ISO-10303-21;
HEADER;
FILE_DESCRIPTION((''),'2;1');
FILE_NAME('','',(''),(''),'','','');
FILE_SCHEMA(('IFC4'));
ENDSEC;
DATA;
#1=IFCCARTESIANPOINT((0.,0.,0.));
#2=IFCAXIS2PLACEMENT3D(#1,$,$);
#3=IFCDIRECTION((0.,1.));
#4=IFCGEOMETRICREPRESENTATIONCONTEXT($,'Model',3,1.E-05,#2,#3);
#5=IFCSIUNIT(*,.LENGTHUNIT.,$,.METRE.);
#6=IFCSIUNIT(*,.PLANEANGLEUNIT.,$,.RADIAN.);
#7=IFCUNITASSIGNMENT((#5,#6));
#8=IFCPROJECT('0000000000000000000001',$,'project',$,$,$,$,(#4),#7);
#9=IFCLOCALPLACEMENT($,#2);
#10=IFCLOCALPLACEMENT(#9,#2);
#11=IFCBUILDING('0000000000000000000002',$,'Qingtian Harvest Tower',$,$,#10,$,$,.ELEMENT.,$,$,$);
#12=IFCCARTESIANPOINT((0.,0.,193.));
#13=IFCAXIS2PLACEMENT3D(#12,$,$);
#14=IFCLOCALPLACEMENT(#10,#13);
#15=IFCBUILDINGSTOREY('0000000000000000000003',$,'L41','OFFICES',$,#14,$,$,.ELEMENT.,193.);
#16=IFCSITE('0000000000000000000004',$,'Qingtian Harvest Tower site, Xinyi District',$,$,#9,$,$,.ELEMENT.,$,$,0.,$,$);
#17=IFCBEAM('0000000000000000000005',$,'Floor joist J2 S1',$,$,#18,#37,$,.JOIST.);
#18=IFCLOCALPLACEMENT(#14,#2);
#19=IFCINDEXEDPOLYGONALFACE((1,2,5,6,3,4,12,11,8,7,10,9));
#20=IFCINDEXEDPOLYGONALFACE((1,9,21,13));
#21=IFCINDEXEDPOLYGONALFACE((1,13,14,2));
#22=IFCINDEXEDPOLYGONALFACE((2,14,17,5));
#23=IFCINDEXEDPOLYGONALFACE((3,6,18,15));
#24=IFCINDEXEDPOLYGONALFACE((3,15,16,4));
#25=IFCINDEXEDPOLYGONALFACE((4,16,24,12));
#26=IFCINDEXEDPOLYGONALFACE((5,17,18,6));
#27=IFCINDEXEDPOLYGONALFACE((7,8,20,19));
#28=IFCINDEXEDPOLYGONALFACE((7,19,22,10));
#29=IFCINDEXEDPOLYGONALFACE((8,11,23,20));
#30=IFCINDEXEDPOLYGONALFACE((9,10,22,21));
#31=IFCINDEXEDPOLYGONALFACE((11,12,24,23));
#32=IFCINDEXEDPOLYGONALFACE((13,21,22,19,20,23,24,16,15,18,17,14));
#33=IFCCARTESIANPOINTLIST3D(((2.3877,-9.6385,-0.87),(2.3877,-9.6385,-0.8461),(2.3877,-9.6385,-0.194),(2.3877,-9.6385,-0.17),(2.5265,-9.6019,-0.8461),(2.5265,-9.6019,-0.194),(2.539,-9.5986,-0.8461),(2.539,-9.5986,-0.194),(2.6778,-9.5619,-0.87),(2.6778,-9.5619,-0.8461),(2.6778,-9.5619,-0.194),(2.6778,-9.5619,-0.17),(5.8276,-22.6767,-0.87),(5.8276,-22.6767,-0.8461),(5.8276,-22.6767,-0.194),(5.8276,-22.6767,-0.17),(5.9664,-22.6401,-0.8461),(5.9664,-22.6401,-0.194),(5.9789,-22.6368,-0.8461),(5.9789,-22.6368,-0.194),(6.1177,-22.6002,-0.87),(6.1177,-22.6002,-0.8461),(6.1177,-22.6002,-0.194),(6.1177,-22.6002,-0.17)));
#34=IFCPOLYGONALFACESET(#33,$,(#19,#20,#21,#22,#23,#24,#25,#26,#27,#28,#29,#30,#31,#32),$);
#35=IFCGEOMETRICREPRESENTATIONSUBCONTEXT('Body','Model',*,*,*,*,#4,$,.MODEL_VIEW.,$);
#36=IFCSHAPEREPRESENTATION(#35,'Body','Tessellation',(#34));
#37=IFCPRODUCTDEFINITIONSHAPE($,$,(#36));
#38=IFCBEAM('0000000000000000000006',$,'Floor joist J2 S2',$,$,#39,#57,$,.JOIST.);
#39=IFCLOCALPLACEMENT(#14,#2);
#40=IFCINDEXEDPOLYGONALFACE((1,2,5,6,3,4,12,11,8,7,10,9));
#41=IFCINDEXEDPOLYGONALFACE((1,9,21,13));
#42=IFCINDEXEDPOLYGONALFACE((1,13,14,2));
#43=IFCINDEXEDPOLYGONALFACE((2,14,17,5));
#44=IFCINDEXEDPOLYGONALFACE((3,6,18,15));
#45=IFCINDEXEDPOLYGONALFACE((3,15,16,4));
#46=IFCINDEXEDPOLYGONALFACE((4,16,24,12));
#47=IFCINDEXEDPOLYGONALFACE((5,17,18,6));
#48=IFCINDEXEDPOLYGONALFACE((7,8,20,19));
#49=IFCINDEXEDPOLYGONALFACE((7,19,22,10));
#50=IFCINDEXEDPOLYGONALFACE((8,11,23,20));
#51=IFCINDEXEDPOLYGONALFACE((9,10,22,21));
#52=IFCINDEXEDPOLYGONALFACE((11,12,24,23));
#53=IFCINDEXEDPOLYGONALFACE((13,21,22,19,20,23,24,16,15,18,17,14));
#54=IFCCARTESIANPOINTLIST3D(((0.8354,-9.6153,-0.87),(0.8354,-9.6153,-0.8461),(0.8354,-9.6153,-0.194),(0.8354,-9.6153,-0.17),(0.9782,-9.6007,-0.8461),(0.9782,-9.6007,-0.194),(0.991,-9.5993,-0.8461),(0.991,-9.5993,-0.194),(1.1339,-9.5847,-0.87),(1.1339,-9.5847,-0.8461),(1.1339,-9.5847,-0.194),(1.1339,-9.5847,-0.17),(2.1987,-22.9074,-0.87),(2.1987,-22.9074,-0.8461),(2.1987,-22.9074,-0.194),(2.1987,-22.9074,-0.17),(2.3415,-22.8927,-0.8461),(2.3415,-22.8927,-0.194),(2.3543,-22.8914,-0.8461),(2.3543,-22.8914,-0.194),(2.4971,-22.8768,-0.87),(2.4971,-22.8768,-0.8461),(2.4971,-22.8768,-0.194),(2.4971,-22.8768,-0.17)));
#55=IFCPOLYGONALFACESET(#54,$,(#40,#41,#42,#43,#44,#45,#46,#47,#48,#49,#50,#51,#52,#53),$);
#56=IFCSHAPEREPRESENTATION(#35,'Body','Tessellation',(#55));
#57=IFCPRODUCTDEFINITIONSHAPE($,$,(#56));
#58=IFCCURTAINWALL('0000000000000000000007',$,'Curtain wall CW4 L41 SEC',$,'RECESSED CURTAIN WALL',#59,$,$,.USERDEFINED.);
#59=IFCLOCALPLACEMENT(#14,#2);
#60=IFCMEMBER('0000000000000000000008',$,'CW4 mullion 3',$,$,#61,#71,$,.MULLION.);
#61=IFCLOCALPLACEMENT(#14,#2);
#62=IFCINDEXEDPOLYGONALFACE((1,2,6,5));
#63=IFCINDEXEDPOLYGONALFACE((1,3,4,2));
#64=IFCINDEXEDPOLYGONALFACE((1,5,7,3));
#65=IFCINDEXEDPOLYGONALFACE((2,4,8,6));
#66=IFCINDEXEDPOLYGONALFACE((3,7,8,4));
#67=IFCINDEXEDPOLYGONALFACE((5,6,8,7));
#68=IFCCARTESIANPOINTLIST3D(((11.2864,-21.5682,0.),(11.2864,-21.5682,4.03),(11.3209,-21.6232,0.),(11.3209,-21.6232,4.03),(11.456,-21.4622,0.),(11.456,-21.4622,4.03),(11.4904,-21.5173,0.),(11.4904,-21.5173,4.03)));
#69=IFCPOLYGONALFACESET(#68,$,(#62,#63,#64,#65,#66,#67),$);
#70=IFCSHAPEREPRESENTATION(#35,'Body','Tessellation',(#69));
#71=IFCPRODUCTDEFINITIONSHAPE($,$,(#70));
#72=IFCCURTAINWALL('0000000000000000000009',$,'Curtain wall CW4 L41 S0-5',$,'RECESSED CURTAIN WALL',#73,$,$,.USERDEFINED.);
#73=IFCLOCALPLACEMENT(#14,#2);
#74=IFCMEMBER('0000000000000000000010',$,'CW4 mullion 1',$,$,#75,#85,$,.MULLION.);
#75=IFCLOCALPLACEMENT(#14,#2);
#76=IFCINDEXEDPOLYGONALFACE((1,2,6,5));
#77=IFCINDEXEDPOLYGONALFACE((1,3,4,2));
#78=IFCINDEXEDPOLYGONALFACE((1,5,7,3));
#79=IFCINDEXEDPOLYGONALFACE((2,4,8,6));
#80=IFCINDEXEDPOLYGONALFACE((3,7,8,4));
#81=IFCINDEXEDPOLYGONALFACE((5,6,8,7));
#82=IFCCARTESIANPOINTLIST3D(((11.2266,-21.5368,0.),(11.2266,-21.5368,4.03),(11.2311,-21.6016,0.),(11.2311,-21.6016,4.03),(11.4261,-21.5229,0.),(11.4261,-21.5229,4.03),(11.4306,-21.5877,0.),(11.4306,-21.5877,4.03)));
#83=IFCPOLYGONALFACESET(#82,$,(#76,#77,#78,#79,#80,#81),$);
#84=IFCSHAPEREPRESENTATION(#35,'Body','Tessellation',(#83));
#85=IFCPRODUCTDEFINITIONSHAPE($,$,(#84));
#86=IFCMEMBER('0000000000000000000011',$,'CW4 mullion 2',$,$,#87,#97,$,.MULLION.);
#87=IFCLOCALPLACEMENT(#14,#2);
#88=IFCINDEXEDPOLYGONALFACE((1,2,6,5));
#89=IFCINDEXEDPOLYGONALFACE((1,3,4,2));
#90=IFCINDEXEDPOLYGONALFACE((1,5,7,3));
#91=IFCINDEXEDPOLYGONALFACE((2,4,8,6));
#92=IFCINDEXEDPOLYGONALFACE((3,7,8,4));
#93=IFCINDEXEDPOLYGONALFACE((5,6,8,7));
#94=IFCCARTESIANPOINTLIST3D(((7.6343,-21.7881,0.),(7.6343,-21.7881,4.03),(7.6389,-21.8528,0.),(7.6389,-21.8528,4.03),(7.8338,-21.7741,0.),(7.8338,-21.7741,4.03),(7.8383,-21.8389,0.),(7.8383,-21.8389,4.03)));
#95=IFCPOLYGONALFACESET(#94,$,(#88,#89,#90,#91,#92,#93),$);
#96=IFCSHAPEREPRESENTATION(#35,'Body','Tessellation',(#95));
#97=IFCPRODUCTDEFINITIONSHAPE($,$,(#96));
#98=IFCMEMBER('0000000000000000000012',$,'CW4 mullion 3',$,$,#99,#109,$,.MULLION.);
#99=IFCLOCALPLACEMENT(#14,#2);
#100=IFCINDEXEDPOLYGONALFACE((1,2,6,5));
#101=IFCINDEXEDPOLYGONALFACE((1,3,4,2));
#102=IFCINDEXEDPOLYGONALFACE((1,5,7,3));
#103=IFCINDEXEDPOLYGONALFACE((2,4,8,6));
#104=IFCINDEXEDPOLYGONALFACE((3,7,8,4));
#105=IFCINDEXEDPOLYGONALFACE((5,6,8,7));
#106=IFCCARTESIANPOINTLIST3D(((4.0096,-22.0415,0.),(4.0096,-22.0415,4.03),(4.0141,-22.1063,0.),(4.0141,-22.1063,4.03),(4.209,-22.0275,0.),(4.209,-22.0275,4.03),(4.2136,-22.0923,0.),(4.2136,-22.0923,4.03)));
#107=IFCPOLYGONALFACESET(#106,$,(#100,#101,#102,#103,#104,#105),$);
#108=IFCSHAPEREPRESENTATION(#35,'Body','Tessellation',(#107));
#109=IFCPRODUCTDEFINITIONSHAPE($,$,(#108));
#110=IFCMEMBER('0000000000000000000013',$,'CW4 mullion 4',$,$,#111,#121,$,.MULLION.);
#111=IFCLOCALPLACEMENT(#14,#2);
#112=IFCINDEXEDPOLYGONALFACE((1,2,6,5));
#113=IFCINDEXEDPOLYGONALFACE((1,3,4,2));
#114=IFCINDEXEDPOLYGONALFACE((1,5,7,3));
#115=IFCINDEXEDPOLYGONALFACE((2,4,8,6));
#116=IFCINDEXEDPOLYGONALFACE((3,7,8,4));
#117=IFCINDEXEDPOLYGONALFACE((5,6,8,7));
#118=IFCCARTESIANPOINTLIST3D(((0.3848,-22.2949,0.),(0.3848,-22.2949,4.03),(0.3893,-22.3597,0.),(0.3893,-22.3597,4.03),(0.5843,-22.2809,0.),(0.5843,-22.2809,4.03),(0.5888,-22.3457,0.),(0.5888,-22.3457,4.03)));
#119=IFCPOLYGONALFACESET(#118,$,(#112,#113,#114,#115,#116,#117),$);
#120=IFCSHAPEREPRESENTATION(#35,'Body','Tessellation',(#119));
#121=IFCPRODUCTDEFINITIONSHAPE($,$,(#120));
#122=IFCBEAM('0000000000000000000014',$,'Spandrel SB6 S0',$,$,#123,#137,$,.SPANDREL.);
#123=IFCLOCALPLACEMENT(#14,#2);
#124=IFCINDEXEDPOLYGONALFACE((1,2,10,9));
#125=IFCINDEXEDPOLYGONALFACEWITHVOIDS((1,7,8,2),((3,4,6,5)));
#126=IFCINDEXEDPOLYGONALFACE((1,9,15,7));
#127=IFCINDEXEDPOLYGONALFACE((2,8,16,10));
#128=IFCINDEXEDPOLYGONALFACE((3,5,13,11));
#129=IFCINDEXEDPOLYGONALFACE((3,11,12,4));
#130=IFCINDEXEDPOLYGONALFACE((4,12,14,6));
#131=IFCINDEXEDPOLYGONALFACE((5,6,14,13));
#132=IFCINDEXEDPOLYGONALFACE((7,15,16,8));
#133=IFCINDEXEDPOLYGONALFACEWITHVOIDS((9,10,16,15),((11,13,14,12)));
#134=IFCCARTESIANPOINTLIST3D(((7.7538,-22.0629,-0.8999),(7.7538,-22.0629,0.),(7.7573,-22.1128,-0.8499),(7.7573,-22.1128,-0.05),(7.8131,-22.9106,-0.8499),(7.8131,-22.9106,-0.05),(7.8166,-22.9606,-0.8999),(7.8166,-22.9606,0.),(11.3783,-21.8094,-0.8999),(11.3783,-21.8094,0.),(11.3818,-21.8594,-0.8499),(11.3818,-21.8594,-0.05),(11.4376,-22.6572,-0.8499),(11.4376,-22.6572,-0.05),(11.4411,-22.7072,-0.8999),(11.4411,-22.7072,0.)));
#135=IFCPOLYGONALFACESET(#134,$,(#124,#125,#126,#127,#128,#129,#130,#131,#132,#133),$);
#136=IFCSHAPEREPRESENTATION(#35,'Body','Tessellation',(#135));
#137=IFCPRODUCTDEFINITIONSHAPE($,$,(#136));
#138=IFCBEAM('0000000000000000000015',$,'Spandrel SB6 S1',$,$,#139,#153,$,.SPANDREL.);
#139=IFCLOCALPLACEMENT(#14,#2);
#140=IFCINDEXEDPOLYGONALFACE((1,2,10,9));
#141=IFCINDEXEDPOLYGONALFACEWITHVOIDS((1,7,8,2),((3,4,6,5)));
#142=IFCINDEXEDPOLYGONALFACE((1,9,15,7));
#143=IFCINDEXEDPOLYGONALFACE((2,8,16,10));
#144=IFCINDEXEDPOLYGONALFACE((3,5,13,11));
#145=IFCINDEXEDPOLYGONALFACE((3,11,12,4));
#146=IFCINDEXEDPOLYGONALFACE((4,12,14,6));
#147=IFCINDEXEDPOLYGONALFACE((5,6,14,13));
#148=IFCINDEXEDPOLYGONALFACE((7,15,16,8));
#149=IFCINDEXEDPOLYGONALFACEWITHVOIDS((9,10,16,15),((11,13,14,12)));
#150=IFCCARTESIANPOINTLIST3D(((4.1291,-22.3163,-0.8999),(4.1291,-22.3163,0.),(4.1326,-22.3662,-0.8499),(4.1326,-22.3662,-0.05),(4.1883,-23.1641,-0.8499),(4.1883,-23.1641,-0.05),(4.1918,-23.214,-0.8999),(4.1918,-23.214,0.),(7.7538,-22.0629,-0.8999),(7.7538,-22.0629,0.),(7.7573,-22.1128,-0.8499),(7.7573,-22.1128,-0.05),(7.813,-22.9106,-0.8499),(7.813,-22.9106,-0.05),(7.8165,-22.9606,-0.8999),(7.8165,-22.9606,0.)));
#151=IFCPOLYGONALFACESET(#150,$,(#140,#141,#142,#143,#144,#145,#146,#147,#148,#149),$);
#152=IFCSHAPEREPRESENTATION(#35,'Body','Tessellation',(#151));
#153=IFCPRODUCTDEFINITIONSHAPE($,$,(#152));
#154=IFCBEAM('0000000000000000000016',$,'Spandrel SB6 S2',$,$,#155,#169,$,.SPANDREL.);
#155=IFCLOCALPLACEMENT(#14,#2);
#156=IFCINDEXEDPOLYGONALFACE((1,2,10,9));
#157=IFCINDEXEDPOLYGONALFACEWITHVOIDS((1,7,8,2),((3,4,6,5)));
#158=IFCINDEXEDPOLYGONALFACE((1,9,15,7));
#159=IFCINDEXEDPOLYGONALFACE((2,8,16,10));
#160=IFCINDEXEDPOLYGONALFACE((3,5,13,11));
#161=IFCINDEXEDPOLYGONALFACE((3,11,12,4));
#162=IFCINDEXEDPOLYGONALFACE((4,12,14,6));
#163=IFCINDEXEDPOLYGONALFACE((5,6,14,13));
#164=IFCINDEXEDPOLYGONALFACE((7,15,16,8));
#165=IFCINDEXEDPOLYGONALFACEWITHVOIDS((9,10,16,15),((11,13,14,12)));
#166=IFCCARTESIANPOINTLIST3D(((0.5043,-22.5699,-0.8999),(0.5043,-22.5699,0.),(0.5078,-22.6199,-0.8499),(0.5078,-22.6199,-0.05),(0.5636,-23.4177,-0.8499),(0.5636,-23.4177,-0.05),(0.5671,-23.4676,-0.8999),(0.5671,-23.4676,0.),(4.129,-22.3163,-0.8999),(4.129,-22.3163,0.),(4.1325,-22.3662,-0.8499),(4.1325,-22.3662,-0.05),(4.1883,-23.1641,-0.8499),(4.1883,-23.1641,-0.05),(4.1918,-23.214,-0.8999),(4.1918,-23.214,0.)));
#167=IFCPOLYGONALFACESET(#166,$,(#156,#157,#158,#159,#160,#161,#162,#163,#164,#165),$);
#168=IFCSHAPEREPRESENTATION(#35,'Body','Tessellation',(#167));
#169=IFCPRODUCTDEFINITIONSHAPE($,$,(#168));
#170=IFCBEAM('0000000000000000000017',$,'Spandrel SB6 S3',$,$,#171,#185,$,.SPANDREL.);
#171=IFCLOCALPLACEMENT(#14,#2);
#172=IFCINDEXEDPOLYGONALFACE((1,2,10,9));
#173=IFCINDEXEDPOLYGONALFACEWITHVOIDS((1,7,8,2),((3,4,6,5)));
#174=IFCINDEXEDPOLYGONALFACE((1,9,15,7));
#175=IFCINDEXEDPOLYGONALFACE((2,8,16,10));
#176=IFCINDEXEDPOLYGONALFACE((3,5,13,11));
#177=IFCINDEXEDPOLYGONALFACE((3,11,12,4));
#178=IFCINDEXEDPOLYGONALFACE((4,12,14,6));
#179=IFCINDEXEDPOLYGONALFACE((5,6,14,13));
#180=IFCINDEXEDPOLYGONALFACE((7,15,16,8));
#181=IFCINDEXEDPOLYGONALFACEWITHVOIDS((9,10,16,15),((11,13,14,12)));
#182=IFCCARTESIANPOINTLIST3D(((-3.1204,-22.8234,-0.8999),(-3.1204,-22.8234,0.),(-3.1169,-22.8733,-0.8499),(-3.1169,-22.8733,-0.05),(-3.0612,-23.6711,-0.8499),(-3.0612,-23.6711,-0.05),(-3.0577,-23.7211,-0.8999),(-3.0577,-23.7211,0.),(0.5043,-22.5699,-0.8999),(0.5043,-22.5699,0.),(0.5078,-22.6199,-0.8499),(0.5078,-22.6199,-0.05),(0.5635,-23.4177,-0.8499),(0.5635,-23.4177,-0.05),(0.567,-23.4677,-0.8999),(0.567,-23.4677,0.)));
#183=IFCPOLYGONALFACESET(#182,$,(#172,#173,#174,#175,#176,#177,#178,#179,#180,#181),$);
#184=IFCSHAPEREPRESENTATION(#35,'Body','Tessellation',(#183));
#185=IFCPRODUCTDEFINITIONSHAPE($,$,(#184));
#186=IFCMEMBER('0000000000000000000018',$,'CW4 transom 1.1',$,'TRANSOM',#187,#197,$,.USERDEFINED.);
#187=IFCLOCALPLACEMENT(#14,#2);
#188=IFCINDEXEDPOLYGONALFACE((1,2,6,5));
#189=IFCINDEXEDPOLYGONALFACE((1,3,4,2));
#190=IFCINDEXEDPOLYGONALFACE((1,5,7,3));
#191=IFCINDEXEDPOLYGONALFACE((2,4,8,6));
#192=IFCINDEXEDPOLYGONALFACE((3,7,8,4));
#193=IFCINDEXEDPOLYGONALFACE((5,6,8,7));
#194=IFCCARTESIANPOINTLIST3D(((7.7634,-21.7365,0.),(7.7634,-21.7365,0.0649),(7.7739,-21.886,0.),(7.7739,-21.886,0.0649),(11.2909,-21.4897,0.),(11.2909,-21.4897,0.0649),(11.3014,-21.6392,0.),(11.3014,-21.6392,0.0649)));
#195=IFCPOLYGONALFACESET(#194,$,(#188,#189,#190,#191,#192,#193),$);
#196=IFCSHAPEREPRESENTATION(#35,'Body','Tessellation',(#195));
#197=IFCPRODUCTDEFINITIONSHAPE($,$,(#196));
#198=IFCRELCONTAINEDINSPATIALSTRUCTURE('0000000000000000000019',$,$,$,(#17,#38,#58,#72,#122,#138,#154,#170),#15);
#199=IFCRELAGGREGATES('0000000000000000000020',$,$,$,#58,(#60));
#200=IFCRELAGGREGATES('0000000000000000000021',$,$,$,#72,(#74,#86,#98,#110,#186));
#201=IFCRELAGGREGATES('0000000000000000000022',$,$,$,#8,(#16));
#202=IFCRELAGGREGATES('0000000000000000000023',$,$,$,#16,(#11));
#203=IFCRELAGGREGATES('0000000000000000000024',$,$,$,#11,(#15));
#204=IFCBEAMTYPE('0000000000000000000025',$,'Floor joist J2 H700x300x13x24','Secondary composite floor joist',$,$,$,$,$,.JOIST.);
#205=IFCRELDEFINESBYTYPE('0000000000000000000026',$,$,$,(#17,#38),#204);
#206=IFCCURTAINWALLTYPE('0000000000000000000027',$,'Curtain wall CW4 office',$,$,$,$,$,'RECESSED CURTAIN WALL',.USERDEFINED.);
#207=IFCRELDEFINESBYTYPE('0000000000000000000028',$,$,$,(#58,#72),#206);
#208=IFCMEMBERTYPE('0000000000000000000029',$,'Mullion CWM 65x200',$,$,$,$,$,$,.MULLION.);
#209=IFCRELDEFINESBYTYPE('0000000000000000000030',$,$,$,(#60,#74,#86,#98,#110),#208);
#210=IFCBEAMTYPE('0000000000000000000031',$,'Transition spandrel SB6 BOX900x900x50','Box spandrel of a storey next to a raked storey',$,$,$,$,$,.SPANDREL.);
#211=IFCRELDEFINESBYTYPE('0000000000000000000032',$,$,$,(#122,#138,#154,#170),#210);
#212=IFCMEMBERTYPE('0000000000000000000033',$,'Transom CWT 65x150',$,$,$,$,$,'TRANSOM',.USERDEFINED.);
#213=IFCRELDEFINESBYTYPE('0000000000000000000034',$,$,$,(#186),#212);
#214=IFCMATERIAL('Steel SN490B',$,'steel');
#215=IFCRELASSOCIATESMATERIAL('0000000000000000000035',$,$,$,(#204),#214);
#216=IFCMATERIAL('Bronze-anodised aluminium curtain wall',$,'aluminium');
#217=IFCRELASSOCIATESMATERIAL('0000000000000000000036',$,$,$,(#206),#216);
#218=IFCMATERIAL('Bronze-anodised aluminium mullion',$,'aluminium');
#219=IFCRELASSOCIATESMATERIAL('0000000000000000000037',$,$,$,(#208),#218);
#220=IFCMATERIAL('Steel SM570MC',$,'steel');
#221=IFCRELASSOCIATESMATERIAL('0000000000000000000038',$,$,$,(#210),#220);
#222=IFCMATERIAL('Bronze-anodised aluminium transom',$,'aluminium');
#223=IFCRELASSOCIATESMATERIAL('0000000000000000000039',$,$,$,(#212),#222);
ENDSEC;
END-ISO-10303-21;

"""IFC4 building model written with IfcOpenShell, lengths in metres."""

from ifc_helpers import new_model, si_unit, direction, frame, origin, origin_2d, place, context, subcontext, project, spatial, rectangle, hollow_rectangle, i_section, extrude, material, material_profile, profile_set, type_object, element, aggregate, save


model = new_model("IFC4")

# Units and contexts
model_context = context("Model", 3, precision=1e-05, world=origin(), true_north=direction((0.0, 1.0)))
body_context = subcontext(model_context, "Body", "Model", "MODEL_VIEW")
ifc_project = project(units=[si_unit("LENGTHUNIT", "METRE"), si_unit("PLANEANGLEUNIT", "RADIAN")], contexts=[model_context])

# Site, building, storey
site_placement = place(None, origin())
site = spatial("IfcSite", under=ifc_project, at=site_placement, Name="Qingtian Harvest Tower site, Xinyi District", CompositionType="ELEMENT", RefElevation=0.0)
building_placement = place(site_placement, origin())
building = spatial("IfcBuilding", under=site, at=building_placement, Name="Qingtian Harvest Tower", CompositionType="ELEMENT")
storey_placement = place(building_placement, frame((0.0, 0.0, 193.0)))
storey = spatial("IfcBuildingStorey", under=building, at=storey_placement, Name="L41", Description="OFFICES", CompositionType="ELEMENT", Elevation=193.0)

# Beams
ifc_material_1 = material(Name="Steel SN490B", Category="steel")
ifc_material_profile_1 = material_profile(ifc_material_1, i_section(OverallWidth=0.3, OverallDepth=0.7, WebThickness=0.0129, FlangeThickness=0.0239, at=origin_2d()), Name="H700x300x13x24")
ifc_profile_set_1 = profile_set([ifc_material_profile_1], Name="Steel SN490B")
beam_type_1 = type_object("IfcBeamType", Name="Floor joist J2 H700x300x13x24", Description="Secondary composite floor joist", PredefinedType="JOIST", material=ifc_profile_set_1)
beam_1_placement = place(storey_placement, frame((5.9727, -22.6384, -0.52), z_axis=(-0.255104, 0.966914, 0.0), x_axis=(-0.966914, -0.255104, 0.0)))
element("IfcBeam", 1, at=beam_1_placement, inside=storey, type_object=beam_type_1, Name="Floor joist J2 S1", PredefinedType="JOIST", context=body_context, shape_type="SweptSolid", body=[
    extrude(i_section(OverallWidth=0.3, OverallDepth=0.7, WebThickness=0.0129, FlangeThickness=0.0239, at=origin_2d()), origin(), (0.0, 0.0, 1.0), 13.4844),
])
beam_2_placement = place(storey_placement, frame((2.3479, -22.8921, -0.52), z_axis=(-0.102029, 0.994781, 0.0), x_axis=(-0.994781, -0.102029, 0.0)))
element("IfcBeam", 2, at=beam_2_placement, inside=storey, type_object=beam_type_1, Name="Floor joist J2 S2", PredefinedType="JOIST", context=body_context, shape_type="SweptSolid", body=[
    extrude(i_section(OverallWidth=0.3, OverallDepth=0.7, WebThickness=0.0129, FlangeThickness=0.0239, at=origin_2d()), origin(), (0.0, 0.0, 1.0), 13.3618),
])

# Curtain wall, member
ifc_material_2 = material(Name="Bronze-anodised aluminium curtain wall", Category="aluminium")
curtain_wall_type = type_object("IfcCurtainWallType", Name="Curtain wall CW4 office", ElementType="RECESSED CURTAIN WALL", PredefinedType="USERDEFINED", material=ifc_material_2)
curtain_wall_1_placement = place(storey_placement, origin())
curtain_wall_1 = element("IfcCurtainWall", 3, at=curtain_wall_1_placement, inside=storey, type_object=curtain_wall_type, Name="Curtain wall CW4 L41 SEC", ObjectType="RECESSED CURTAIN WALL", PredefinedType="USERDEFINED")
ifc_material_3 = material(Name="Bronze-anodised aluminium mullion", Category="aluminium")
ifc_material_profile_2 = material_profile(ifc_material_3, rectangle(XDim=0.0649, YDim=0.2, at=origin_2d()), Name="AL 65x200")
ifc_profile_set_2 = profile_set([ifc_material_profile_2], Name="Bronze-anodised aluminium mullion")
member_type_1 = type_object("IfcMemberType", Name="Mullion CWM 65x200", PredefinedType="MULLION", material=ifc_profile_set_2)
member_1_placement = place(storey_placement, frame((11.3884, -21.5427, 0.0), z_axis=(0.0, 0.0, 1.0), x_axis=(0.529919, -0.848048, 0.0)))
member_1 = element("IfcMember", 4, at=member_1_placement, type_object=member_type_1, Name="CW4 mullion 3", PredefinedType="MULLION", context=body_context, shape_type="SweptSolid", body=[
    extrude(rectangle(XDim=0.0649, YDim=0.2, at=origin_2d()), origin(), (0.0, 0.0, 1.0), 4.03),
])
aggregate(curtain_wall_1, [member_1])

# Curtain wall, members
curtain_wall_2_placement = place(storey_placement, origin())
curtain_wall_2 = element("IfcCurtainWall", 5, at=curtain_wall_2_placement, inside=storey, type_object=curtain_wall_type, Name="Curtain wall CW4 L41 S0-5", ObjectType="RECESSED CURTAIN WALL", PredefinedType="USERDEFINED")
member_2_placement = place(storey_placement, frame((11.3286, -21.5623, 0.0), z_axis=(0.0, 0.0, 1.0), x_axis=(0.069756, -0.997564, 0.0)))
member_2 = element("IfcMember", 6, at=member_2_placement, type_object=member_type_1, Name="CW4 mullion 1", PredefinedType="MULLION", context=body_context, shape_type="SweptSolid", body=[
    extrude(rectangle(XDim=0.0649, YDim=0.2, at=origin_2d()), origin(), (0.0, 0.0, 1.0), 4.03),
])
member_3_placement = place(storey_placement, frame((7.7363, -21.8135, 0.0), z_axis=(0.0, 0.0, 1.0), x_axis=(0.069756, -0.997564, 0.0)))
member_3 = element("IfcMember", 7, at=member_3_placement, type_object=member_type_1, Name="CW4 mullion 2", PredefinedType="MULLION", context=body_context, shape_type="SweptSolid", body=[
    extrude(rectangle(XDim=0.0649, YDim=0.2, at=origin_2d()), origin(), (0.0, 0.0, 1.0), 4.03),
])
member_4_placement = place(storey_placement, frame((4.1116, -22.0669, 0.0), z_axis=(0.0, 0.0, 1.0), x_axis=(0.069756, -0.997564, 0.0)))
member_4 = element("IfcMember", 8, at=member_4_placement, type_object=member_type_1, Name="CW4 mullion 3", PredefinedType="MULLION", context=body_context, shape_type="SweptSolid", body=[
    extrude(rectangle(XDim=0.0649, YDim=0.2, at=origin_2d()), origin(), (0.0, 0.0, 1.0), 4.03),
])
member_5_placement = place(storey_placement, frame((0.4868, -22.3203, 0.0), z_axis=(0.0, 0.0, 1.0), x_axis=(0.069756, -0.997564, 0.0)))
member_5 = element("IfcMember", 9, at=member_5_placement, type_object=member_type_1, Name="CW4 mullion 4", PredefinedType="MULLION", context=body_context, shape_type="SweptSolid", body=[
    extrude(rectangle(XDim=0.0649, YDim=0.2, at=origin_2d()), origin(), (0.0, 0.0, 1.0), 4.03),
])

# Beams
ifc_material_4 = material(Name="Steel SM570MC", Category="steel")
ifc_material_profile_3 = material_profile(ifc_material_4, hollow_rectangle(XDim=0.8999, YDim=0.8999, WallThickness=0.05, at=origin_2d()), Name="BOX900x900x50")
ifc_profile_set_3 = profile_set([ifc_material_profile_3], Name="Steel SM570MC")
beam_type_2 = type_object("IfcBeamType", Name="Transition spandrel SB6 BOX900x900x50", Description="Box spandrel of a storey next to a raked storey", PredefinedType="SPANDREL", material=ifc_profile_set_3)
beam_3_placement = place(storey_placement, frame((11.4097, -22.2583, -0.45), z_axis=(-0.997565, -0.069748, 0.0), x_axis=(0.069748, -0.997565, 0.0)))
element("IfcBeam", 10, at=beam_3_placement, inside=storey, type_object=beam_type_2, Name="Spandrel SB6 S0", PredefinedType="SPANDREL", context=body_context, shape_type="SweptSolid", body=[
    extrude(hollow_rectangle(XDim=0.8999, YDim=0.8999, WallThickness=0.05, at=origin_2d()), origin(), (0.0, 0.0, 1.0), 3.6333),
])
for number, where, z_axis, x_axis, name in (
    (11, (7.7852, -22.5117, -0.45), (-0.997565, -0.069743, 0.0), (0.069743, -0.997565, 0.0), "Spandrel SB6 S1"),
    (12, (4.1604, -22.7651, -0.45), (-0.99756, -0.06981, 0.0), (0.06981, -0.99756, 0.0), "Spandrel SB6 S2"),
    (13, (0.5356, -23.0188, -0.45), (-0.997565, -0.069743, 0.0), (0.069743, -0.997565, 0.0), "Spandrel SB6 S3"),
):
    element("IfcBeam", number, at=place(storey_placement, frame(where, z_axis=z_axis, x_axis=x_axis)), inside=storey, type_object=beam_type_2, Name=name, PredefinedType="SPANDREL", context=body_context, shape_type="SweptSolid", body=[
        extrude(hollow_rectangle(XDim=0.8999, YDim=0.8999, WallThickness=0.05, at=origin_2d()), origin(), (0.0, 0.0, 1.0), 3.6335),
    ])

# Member
ifc_material_5 = material(Name="Bronze-anodised aluminium transom", Category="aluminium")
ifc_material_profile_4 = material_profile(ifc_material_5, rectangle(XDim=0.1499, YDim=0.0649, at=origin_2d()), Name="AL 65x150")
ifc_profile_set_4 = profile_set([ifc_material_profile_4], Name="Bronze-anodised aluminium transom")
member_type_2 = type_object("IfcMemberType", Name="Transom CWT 65x150", ElementType="TRANSOM", PredefinedType="USERDEFINED", material=ifc_profile_set_4)
member_6_placement = place(storey_placement, frame((11.2961, -21.5645, 0.0325), z_axis=(-0.997561, -0.0698, 0.0), x_axis=(0.0698, -0.997561, 0.0)))
member_6 = element("IfcMember", 14, at=member_6_placement, type_object=member_type_2, Name="CW4 transom 1.1", ObjectType="TRANSOM", PredefinedType="USERDEFINED", context=body_context, shape_type="SweptSolid", body=[
    extrude(rectangle(XDim=0.1499, YDim=0.0649, at=origin_2d()), origin(), (0.0, 0.0, 1.0), 3.5361),
])

aggregate(curtain_wall_2, [member_2, member_3, member_4, member_5, member_6])

save(model, "model.ifc")
